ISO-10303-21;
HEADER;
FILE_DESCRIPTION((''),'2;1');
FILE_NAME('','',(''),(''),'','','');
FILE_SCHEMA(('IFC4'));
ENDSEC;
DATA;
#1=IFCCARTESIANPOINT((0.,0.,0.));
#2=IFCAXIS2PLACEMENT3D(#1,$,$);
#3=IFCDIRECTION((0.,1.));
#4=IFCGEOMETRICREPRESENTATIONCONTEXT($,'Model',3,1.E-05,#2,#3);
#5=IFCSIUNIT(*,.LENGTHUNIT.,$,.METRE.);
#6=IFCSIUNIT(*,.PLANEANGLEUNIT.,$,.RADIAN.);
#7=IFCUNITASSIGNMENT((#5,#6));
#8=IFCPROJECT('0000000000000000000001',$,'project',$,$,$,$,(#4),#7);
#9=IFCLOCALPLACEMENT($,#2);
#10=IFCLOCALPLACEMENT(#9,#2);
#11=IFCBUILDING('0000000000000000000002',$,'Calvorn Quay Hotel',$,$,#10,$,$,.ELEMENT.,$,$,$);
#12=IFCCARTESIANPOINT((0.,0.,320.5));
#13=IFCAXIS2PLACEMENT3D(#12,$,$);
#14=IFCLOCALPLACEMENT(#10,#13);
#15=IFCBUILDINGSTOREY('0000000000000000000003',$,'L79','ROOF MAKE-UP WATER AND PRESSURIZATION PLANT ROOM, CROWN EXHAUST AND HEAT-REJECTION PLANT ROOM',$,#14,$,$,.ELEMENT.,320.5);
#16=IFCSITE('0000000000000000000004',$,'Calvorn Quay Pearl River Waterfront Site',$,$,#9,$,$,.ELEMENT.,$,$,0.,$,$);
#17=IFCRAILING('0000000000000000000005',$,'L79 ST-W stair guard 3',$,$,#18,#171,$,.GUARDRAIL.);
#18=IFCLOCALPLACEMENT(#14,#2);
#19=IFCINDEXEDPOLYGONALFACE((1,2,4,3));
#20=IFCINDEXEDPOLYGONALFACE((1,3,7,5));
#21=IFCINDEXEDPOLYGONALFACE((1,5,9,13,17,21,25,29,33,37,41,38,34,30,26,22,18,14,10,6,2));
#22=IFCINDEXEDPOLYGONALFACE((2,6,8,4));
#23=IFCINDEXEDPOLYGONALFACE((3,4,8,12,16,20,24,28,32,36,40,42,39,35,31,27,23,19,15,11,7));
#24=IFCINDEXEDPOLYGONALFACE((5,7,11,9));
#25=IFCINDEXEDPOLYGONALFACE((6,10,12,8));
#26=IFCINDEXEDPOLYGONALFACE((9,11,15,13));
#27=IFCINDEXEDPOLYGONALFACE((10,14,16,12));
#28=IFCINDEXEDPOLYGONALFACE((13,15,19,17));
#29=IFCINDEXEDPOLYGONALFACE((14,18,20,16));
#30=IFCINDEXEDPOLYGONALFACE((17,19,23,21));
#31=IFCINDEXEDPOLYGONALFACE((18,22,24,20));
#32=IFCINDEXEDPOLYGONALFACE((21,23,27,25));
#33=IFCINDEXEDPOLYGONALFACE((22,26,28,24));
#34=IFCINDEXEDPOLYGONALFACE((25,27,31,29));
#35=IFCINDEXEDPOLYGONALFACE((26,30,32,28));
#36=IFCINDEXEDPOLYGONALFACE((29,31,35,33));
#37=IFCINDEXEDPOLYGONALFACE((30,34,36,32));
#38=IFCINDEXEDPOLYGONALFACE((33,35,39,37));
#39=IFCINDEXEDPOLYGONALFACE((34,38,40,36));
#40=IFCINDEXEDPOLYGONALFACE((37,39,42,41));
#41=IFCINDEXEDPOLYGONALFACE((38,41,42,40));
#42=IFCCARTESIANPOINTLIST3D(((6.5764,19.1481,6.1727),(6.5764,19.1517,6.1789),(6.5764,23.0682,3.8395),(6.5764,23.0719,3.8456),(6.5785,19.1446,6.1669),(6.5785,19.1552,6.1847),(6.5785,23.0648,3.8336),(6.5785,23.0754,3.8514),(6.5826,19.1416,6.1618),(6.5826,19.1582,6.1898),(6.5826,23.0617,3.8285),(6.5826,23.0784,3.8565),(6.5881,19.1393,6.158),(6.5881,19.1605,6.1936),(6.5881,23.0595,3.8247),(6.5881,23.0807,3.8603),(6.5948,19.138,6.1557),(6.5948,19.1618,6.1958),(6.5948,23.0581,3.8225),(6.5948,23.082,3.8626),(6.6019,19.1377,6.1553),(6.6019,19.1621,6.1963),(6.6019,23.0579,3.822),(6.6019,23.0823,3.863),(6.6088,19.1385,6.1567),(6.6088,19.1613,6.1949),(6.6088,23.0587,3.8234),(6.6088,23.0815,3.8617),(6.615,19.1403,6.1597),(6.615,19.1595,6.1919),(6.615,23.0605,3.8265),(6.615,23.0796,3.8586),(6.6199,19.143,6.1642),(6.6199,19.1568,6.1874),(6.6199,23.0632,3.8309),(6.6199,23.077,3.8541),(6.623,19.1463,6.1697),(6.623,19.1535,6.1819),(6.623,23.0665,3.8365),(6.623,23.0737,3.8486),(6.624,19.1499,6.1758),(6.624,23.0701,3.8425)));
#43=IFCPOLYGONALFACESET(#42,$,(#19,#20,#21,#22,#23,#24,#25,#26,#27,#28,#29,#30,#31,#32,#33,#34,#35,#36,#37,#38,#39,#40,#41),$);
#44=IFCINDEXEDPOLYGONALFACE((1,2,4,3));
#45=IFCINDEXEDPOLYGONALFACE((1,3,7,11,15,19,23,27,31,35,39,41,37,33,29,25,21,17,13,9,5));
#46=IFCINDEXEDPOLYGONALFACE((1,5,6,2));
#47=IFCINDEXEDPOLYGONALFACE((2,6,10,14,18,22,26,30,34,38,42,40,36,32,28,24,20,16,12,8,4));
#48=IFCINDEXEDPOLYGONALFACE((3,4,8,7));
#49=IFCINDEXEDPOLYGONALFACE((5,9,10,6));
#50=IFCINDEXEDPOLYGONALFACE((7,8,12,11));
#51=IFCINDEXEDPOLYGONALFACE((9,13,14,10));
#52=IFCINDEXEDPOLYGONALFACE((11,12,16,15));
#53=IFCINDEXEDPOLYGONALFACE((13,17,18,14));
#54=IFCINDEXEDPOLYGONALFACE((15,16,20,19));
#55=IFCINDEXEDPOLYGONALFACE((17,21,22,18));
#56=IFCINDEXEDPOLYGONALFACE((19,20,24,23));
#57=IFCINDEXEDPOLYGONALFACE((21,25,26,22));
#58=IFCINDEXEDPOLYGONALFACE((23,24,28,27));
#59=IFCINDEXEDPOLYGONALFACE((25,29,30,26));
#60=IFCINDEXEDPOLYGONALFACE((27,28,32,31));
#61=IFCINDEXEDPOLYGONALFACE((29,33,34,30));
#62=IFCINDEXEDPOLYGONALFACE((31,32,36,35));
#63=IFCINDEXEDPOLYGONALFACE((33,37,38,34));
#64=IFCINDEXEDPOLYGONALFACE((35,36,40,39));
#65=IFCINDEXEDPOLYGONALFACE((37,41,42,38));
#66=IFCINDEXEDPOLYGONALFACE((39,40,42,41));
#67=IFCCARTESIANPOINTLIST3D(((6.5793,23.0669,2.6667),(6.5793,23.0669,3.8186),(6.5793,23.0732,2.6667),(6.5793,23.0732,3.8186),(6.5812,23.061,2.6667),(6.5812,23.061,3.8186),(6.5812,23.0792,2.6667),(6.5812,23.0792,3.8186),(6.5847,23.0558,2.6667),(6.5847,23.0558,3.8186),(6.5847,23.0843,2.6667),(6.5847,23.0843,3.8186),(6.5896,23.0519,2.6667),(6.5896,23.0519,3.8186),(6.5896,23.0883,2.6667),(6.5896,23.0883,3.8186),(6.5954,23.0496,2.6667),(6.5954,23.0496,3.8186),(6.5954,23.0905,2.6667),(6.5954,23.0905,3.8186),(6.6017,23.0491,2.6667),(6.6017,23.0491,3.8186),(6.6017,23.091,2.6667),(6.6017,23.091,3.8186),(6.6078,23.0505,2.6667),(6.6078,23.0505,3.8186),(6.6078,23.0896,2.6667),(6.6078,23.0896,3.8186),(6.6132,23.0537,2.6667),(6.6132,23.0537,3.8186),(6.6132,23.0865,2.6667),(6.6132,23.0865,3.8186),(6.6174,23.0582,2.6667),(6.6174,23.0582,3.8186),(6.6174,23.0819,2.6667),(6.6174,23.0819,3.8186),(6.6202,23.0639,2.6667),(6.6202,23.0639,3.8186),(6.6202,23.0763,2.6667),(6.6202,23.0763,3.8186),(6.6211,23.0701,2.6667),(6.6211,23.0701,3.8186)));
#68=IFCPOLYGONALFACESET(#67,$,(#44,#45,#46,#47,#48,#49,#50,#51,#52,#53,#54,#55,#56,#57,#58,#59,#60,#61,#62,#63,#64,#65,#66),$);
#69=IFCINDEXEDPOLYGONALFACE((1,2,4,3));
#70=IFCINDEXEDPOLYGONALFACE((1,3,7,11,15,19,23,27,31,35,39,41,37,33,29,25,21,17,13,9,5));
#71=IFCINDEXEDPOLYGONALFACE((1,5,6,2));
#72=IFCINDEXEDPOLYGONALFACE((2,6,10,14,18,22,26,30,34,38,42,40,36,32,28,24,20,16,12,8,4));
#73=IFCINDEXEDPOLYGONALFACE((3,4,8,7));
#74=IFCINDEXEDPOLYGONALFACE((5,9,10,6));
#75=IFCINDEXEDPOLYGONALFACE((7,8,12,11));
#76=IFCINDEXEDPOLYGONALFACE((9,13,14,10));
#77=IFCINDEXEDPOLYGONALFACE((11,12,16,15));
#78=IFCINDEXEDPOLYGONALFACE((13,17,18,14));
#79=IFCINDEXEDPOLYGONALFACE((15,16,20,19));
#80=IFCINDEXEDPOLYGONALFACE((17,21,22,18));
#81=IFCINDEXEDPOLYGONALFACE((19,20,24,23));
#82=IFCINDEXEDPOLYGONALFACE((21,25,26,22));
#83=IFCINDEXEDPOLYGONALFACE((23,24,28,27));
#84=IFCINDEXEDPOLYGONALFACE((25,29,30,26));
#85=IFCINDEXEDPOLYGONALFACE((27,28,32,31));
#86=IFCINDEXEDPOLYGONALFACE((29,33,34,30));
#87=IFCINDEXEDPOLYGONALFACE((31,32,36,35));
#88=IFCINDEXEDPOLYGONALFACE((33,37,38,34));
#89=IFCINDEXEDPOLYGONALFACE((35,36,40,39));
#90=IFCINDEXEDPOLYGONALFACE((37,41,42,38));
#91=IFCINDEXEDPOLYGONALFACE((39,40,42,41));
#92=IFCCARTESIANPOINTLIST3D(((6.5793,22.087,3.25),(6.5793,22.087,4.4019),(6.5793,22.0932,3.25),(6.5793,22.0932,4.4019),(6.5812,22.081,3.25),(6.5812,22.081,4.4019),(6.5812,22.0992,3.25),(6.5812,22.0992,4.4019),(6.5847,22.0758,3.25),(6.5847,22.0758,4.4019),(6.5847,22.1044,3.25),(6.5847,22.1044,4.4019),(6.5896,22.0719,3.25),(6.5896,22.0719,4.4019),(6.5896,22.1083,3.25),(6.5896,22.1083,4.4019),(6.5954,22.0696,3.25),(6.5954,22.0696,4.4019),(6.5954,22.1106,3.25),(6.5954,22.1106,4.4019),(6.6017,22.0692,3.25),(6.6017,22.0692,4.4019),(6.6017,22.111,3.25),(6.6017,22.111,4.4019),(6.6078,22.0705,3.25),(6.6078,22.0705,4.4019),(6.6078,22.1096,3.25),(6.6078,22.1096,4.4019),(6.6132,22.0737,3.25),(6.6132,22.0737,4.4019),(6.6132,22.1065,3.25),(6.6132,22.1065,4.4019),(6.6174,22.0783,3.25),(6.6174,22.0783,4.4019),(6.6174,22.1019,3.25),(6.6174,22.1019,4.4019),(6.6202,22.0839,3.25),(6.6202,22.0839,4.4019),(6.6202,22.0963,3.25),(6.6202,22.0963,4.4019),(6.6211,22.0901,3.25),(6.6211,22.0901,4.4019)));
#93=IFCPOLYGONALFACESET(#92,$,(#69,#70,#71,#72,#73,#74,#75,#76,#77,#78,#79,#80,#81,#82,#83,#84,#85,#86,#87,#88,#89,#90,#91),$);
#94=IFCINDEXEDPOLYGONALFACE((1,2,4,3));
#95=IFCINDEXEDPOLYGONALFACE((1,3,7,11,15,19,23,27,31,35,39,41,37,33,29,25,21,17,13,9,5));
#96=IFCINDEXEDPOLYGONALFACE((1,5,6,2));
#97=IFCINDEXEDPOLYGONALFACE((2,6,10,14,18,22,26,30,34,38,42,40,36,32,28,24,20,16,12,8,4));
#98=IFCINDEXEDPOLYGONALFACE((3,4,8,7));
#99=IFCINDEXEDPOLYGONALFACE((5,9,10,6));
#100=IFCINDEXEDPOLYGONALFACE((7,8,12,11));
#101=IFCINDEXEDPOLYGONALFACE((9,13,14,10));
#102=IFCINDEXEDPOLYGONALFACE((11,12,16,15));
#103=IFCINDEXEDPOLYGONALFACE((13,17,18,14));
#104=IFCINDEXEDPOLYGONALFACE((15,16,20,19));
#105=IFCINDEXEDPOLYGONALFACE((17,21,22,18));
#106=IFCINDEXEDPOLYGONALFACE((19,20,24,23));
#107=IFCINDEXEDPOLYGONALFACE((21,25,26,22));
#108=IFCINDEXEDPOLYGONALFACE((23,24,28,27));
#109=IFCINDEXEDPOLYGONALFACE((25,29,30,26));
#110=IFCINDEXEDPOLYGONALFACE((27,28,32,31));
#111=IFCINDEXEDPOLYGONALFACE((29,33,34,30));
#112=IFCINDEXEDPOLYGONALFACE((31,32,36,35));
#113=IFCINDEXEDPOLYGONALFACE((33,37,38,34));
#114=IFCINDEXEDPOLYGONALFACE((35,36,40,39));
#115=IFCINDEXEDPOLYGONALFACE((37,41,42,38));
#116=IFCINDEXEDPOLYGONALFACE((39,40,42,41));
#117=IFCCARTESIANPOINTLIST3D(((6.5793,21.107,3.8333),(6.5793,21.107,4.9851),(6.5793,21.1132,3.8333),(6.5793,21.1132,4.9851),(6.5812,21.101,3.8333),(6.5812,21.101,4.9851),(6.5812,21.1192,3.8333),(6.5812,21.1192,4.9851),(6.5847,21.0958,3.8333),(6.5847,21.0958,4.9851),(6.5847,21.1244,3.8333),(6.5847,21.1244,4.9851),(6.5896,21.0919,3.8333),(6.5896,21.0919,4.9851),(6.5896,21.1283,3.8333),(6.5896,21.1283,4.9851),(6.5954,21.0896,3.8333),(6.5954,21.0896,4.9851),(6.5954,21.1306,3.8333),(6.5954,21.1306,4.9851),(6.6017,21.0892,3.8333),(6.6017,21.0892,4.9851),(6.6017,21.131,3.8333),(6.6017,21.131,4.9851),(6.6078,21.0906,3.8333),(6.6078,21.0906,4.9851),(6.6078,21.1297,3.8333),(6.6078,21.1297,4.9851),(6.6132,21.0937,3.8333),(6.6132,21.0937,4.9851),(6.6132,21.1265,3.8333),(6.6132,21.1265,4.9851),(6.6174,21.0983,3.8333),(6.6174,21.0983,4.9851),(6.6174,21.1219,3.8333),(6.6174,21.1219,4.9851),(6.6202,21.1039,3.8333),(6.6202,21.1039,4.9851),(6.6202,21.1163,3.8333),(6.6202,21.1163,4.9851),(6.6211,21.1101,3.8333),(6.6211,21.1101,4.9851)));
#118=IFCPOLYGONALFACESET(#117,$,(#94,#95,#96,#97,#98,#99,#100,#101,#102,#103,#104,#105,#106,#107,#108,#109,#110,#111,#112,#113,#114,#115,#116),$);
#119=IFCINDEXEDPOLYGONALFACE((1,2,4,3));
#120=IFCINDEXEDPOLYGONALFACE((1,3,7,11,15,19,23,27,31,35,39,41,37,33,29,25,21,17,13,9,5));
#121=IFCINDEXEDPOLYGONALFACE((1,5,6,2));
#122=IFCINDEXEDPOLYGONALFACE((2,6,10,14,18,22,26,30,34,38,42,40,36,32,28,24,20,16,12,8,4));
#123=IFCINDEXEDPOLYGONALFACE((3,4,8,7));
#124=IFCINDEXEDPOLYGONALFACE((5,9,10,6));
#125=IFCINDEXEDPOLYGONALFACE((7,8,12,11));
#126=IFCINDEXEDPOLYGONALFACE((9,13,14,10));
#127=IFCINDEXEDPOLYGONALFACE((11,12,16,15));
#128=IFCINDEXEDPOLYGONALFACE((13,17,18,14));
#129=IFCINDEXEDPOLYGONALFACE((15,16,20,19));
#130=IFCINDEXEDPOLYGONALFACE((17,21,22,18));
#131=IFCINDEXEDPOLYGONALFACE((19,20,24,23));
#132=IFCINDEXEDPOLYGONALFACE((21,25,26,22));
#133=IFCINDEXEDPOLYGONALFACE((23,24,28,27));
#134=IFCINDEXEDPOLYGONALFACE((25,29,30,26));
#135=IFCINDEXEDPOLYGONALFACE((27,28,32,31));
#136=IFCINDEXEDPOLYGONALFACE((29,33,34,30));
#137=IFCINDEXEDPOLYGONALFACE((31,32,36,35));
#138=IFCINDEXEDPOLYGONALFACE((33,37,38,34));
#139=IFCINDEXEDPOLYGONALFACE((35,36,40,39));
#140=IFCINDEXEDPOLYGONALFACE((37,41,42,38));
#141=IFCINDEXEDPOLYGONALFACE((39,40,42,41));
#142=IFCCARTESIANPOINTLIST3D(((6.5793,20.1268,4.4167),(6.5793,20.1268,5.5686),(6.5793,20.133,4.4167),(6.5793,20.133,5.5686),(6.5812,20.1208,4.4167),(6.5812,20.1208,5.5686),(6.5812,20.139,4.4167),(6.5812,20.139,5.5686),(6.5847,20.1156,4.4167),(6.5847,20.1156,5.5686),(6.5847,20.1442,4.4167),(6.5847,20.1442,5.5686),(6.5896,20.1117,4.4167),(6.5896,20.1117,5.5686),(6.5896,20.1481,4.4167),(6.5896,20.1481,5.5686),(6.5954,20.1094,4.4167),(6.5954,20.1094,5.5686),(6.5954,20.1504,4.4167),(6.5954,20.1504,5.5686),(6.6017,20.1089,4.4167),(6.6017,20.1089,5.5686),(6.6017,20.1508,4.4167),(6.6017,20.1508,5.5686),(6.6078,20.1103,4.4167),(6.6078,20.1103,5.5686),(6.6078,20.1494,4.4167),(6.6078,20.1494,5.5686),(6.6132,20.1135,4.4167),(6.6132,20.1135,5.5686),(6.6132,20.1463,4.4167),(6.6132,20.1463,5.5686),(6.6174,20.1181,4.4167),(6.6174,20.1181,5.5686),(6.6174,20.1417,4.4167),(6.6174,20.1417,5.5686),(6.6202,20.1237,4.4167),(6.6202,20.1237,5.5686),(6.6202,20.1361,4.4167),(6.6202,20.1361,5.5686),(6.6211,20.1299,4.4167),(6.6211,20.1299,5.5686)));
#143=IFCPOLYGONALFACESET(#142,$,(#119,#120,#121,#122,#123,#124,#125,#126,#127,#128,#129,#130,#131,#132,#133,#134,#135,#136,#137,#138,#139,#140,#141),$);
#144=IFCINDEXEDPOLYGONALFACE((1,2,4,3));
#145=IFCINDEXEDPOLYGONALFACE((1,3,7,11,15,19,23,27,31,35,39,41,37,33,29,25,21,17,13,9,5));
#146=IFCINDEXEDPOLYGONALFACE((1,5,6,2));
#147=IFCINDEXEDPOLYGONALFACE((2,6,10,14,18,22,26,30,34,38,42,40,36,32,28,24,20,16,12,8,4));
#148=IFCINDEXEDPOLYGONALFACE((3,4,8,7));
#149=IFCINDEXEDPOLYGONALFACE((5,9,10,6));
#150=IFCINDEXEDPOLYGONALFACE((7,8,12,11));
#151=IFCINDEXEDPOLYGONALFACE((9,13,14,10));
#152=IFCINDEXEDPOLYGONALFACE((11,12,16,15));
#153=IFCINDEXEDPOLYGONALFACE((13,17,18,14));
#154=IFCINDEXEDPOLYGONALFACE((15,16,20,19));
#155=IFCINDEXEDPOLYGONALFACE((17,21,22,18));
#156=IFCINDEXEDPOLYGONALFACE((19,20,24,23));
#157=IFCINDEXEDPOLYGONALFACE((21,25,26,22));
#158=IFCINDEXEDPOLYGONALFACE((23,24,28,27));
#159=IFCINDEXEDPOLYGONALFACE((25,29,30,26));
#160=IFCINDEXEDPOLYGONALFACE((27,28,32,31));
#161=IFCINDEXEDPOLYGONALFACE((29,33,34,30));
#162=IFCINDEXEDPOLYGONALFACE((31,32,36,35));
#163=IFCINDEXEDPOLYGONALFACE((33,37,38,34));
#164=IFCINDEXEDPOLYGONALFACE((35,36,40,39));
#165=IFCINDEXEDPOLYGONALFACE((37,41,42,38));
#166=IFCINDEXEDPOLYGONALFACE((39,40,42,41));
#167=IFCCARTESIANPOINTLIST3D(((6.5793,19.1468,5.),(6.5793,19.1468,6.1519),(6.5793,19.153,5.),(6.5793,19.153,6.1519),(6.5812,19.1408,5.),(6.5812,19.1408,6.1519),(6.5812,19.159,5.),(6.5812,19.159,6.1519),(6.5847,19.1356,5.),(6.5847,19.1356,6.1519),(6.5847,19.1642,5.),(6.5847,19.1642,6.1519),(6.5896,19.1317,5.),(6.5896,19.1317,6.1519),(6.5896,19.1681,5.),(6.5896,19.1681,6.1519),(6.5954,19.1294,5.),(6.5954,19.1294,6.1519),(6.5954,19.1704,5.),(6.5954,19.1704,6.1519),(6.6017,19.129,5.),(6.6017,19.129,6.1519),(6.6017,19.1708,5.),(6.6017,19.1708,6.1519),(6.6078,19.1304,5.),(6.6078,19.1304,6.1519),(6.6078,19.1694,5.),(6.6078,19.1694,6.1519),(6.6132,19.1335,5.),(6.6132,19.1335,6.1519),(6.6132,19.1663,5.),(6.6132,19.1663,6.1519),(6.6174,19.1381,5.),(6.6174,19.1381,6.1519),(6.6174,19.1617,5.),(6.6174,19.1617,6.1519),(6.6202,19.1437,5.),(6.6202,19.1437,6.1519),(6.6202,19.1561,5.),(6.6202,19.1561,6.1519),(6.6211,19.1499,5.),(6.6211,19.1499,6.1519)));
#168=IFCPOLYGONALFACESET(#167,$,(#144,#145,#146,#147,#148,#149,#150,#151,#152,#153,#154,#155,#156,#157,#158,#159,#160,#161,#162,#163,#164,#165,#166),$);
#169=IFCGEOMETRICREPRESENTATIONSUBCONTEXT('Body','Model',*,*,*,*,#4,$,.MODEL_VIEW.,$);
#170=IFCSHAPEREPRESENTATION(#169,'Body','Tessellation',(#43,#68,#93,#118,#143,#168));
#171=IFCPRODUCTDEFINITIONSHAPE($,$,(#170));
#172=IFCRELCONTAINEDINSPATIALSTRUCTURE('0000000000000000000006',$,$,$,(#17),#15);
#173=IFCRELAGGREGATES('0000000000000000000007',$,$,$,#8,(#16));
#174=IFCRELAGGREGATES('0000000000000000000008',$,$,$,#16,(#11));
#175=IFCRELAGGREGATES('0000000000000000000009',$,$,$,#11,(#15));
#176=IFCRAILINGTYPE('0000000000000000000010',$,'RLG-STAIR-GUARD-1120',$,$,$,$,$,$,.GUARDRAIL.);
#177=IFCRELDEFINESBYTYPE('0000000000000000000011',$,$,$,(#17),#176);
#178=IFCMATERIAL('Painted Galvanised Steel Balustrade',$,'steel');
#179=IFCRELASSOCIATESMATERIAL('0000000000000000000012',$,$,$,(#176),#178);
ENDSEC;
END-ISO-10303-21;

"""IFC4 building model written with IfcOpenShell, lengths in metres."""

from ifc_helpers import new_model, si_unit, direction, frame, origin, origin_2d, place, context, subcontext, project, spatial, circle, extrude, material, type_object, element, save


model = new_model("IFC4")

# Units and contexts
model_context = context("Model", 3, precision=1e-05, world=origin(), true_north=direction((0.0, 1.0)))
body_context = subcontext(model_context, "Body", "Model", "MODEL_VIEW")
ifc_project = project(units=[si_unit("LENGTHUNIT", "METRE"), si_unit("PLANEANGLEUNIT", "RADIAN")], contexts=[model_context])

# Site, building, storey
site_placement = place(None, origin())
site = spatial("IfcSite", under=ifc_project, at=site_placement, Name="Calvorn Quay Pearl River Waterfront Site", CompositionType="ELEMENT", RefElevation=0.0)
building_placement = place(site_placement, origin())
building = spatial("IfcBuilding", under=site, at=building_placement, Name="Calvorn Quay Hotel", CompositionType="ELEMENT")
storey_placement = place(building_placement, frame((0.0, 0.0, 320.5)))
storey = spatial("IfcBuildingStorey", under=building, at=storey_placement, Name="L79", Description="ROOF MAKE-UP WATER AND PRESSURIZATION PLANT ROOM, CROWN EXHAUST AND HEAT-REJECTION PLANT ROOM", CompositionType="ELEMENT", Elevation=320.5)

# Railing
ifc_material_1 = material(Name="Painted Galvanised Steel Balustrade", Category="steel")
railing_type_1 = type_object("IfcRailingType", Name="RLG-STAIR-GUARD-1120", PredefinedType="GUARDRAIL", material=ifc_material_1)
railing_1_placement = place(storey_placement, frame((6.6001, 23.0701, 2.6667)))
element("IfcRailing", 1, at=railing_1_placement, inside=storey, type_object=railing_type_1, Name="L79 ST-W stair guard 3", PredefinedType="GUARDRAIL", context=body_context, shape_type="SweptSolid", body=[
    extrude(circle(Radius=0.0239, at=origin_2d()), frame((0.0, 0.0, 1.1758), z_axis=(0.0, -0.85931, 0.511455), x_axis=(1.0, 0.0, 0.0)), (0.0, 0.0, 1.0), 4.562),
    extrude(circle(Radius=0.021, at=origin_2d()), origin(), (0.0, 0.0, 1.0), 1.1519),
    extrude(circle(Radius=0.021, at=origin_2d()), frame((0.0, -0.98, 0.5833)), (0.0, 0.0, 1.0), 1.1519),
    extrude(circle(Radius=0.021, at=origin_2d()), frame((0.0, -1.96, 1.1665)), (0.0, 0.0, 1.0), 1.1519),
    extrude(circle(Radius=0.021, at=origin_2d()), frame((0.0, -2.9402, 1.75)), (0.0, 0.0, 1.0), 1.1519),
    extrude(circle(Radius=0.021, at=origin_2d()), frame((0.0, -3.9202, 2.3333)), (0.0, 0.0, 1.0), 1.1519),
])

save(model, "model.ifc")
